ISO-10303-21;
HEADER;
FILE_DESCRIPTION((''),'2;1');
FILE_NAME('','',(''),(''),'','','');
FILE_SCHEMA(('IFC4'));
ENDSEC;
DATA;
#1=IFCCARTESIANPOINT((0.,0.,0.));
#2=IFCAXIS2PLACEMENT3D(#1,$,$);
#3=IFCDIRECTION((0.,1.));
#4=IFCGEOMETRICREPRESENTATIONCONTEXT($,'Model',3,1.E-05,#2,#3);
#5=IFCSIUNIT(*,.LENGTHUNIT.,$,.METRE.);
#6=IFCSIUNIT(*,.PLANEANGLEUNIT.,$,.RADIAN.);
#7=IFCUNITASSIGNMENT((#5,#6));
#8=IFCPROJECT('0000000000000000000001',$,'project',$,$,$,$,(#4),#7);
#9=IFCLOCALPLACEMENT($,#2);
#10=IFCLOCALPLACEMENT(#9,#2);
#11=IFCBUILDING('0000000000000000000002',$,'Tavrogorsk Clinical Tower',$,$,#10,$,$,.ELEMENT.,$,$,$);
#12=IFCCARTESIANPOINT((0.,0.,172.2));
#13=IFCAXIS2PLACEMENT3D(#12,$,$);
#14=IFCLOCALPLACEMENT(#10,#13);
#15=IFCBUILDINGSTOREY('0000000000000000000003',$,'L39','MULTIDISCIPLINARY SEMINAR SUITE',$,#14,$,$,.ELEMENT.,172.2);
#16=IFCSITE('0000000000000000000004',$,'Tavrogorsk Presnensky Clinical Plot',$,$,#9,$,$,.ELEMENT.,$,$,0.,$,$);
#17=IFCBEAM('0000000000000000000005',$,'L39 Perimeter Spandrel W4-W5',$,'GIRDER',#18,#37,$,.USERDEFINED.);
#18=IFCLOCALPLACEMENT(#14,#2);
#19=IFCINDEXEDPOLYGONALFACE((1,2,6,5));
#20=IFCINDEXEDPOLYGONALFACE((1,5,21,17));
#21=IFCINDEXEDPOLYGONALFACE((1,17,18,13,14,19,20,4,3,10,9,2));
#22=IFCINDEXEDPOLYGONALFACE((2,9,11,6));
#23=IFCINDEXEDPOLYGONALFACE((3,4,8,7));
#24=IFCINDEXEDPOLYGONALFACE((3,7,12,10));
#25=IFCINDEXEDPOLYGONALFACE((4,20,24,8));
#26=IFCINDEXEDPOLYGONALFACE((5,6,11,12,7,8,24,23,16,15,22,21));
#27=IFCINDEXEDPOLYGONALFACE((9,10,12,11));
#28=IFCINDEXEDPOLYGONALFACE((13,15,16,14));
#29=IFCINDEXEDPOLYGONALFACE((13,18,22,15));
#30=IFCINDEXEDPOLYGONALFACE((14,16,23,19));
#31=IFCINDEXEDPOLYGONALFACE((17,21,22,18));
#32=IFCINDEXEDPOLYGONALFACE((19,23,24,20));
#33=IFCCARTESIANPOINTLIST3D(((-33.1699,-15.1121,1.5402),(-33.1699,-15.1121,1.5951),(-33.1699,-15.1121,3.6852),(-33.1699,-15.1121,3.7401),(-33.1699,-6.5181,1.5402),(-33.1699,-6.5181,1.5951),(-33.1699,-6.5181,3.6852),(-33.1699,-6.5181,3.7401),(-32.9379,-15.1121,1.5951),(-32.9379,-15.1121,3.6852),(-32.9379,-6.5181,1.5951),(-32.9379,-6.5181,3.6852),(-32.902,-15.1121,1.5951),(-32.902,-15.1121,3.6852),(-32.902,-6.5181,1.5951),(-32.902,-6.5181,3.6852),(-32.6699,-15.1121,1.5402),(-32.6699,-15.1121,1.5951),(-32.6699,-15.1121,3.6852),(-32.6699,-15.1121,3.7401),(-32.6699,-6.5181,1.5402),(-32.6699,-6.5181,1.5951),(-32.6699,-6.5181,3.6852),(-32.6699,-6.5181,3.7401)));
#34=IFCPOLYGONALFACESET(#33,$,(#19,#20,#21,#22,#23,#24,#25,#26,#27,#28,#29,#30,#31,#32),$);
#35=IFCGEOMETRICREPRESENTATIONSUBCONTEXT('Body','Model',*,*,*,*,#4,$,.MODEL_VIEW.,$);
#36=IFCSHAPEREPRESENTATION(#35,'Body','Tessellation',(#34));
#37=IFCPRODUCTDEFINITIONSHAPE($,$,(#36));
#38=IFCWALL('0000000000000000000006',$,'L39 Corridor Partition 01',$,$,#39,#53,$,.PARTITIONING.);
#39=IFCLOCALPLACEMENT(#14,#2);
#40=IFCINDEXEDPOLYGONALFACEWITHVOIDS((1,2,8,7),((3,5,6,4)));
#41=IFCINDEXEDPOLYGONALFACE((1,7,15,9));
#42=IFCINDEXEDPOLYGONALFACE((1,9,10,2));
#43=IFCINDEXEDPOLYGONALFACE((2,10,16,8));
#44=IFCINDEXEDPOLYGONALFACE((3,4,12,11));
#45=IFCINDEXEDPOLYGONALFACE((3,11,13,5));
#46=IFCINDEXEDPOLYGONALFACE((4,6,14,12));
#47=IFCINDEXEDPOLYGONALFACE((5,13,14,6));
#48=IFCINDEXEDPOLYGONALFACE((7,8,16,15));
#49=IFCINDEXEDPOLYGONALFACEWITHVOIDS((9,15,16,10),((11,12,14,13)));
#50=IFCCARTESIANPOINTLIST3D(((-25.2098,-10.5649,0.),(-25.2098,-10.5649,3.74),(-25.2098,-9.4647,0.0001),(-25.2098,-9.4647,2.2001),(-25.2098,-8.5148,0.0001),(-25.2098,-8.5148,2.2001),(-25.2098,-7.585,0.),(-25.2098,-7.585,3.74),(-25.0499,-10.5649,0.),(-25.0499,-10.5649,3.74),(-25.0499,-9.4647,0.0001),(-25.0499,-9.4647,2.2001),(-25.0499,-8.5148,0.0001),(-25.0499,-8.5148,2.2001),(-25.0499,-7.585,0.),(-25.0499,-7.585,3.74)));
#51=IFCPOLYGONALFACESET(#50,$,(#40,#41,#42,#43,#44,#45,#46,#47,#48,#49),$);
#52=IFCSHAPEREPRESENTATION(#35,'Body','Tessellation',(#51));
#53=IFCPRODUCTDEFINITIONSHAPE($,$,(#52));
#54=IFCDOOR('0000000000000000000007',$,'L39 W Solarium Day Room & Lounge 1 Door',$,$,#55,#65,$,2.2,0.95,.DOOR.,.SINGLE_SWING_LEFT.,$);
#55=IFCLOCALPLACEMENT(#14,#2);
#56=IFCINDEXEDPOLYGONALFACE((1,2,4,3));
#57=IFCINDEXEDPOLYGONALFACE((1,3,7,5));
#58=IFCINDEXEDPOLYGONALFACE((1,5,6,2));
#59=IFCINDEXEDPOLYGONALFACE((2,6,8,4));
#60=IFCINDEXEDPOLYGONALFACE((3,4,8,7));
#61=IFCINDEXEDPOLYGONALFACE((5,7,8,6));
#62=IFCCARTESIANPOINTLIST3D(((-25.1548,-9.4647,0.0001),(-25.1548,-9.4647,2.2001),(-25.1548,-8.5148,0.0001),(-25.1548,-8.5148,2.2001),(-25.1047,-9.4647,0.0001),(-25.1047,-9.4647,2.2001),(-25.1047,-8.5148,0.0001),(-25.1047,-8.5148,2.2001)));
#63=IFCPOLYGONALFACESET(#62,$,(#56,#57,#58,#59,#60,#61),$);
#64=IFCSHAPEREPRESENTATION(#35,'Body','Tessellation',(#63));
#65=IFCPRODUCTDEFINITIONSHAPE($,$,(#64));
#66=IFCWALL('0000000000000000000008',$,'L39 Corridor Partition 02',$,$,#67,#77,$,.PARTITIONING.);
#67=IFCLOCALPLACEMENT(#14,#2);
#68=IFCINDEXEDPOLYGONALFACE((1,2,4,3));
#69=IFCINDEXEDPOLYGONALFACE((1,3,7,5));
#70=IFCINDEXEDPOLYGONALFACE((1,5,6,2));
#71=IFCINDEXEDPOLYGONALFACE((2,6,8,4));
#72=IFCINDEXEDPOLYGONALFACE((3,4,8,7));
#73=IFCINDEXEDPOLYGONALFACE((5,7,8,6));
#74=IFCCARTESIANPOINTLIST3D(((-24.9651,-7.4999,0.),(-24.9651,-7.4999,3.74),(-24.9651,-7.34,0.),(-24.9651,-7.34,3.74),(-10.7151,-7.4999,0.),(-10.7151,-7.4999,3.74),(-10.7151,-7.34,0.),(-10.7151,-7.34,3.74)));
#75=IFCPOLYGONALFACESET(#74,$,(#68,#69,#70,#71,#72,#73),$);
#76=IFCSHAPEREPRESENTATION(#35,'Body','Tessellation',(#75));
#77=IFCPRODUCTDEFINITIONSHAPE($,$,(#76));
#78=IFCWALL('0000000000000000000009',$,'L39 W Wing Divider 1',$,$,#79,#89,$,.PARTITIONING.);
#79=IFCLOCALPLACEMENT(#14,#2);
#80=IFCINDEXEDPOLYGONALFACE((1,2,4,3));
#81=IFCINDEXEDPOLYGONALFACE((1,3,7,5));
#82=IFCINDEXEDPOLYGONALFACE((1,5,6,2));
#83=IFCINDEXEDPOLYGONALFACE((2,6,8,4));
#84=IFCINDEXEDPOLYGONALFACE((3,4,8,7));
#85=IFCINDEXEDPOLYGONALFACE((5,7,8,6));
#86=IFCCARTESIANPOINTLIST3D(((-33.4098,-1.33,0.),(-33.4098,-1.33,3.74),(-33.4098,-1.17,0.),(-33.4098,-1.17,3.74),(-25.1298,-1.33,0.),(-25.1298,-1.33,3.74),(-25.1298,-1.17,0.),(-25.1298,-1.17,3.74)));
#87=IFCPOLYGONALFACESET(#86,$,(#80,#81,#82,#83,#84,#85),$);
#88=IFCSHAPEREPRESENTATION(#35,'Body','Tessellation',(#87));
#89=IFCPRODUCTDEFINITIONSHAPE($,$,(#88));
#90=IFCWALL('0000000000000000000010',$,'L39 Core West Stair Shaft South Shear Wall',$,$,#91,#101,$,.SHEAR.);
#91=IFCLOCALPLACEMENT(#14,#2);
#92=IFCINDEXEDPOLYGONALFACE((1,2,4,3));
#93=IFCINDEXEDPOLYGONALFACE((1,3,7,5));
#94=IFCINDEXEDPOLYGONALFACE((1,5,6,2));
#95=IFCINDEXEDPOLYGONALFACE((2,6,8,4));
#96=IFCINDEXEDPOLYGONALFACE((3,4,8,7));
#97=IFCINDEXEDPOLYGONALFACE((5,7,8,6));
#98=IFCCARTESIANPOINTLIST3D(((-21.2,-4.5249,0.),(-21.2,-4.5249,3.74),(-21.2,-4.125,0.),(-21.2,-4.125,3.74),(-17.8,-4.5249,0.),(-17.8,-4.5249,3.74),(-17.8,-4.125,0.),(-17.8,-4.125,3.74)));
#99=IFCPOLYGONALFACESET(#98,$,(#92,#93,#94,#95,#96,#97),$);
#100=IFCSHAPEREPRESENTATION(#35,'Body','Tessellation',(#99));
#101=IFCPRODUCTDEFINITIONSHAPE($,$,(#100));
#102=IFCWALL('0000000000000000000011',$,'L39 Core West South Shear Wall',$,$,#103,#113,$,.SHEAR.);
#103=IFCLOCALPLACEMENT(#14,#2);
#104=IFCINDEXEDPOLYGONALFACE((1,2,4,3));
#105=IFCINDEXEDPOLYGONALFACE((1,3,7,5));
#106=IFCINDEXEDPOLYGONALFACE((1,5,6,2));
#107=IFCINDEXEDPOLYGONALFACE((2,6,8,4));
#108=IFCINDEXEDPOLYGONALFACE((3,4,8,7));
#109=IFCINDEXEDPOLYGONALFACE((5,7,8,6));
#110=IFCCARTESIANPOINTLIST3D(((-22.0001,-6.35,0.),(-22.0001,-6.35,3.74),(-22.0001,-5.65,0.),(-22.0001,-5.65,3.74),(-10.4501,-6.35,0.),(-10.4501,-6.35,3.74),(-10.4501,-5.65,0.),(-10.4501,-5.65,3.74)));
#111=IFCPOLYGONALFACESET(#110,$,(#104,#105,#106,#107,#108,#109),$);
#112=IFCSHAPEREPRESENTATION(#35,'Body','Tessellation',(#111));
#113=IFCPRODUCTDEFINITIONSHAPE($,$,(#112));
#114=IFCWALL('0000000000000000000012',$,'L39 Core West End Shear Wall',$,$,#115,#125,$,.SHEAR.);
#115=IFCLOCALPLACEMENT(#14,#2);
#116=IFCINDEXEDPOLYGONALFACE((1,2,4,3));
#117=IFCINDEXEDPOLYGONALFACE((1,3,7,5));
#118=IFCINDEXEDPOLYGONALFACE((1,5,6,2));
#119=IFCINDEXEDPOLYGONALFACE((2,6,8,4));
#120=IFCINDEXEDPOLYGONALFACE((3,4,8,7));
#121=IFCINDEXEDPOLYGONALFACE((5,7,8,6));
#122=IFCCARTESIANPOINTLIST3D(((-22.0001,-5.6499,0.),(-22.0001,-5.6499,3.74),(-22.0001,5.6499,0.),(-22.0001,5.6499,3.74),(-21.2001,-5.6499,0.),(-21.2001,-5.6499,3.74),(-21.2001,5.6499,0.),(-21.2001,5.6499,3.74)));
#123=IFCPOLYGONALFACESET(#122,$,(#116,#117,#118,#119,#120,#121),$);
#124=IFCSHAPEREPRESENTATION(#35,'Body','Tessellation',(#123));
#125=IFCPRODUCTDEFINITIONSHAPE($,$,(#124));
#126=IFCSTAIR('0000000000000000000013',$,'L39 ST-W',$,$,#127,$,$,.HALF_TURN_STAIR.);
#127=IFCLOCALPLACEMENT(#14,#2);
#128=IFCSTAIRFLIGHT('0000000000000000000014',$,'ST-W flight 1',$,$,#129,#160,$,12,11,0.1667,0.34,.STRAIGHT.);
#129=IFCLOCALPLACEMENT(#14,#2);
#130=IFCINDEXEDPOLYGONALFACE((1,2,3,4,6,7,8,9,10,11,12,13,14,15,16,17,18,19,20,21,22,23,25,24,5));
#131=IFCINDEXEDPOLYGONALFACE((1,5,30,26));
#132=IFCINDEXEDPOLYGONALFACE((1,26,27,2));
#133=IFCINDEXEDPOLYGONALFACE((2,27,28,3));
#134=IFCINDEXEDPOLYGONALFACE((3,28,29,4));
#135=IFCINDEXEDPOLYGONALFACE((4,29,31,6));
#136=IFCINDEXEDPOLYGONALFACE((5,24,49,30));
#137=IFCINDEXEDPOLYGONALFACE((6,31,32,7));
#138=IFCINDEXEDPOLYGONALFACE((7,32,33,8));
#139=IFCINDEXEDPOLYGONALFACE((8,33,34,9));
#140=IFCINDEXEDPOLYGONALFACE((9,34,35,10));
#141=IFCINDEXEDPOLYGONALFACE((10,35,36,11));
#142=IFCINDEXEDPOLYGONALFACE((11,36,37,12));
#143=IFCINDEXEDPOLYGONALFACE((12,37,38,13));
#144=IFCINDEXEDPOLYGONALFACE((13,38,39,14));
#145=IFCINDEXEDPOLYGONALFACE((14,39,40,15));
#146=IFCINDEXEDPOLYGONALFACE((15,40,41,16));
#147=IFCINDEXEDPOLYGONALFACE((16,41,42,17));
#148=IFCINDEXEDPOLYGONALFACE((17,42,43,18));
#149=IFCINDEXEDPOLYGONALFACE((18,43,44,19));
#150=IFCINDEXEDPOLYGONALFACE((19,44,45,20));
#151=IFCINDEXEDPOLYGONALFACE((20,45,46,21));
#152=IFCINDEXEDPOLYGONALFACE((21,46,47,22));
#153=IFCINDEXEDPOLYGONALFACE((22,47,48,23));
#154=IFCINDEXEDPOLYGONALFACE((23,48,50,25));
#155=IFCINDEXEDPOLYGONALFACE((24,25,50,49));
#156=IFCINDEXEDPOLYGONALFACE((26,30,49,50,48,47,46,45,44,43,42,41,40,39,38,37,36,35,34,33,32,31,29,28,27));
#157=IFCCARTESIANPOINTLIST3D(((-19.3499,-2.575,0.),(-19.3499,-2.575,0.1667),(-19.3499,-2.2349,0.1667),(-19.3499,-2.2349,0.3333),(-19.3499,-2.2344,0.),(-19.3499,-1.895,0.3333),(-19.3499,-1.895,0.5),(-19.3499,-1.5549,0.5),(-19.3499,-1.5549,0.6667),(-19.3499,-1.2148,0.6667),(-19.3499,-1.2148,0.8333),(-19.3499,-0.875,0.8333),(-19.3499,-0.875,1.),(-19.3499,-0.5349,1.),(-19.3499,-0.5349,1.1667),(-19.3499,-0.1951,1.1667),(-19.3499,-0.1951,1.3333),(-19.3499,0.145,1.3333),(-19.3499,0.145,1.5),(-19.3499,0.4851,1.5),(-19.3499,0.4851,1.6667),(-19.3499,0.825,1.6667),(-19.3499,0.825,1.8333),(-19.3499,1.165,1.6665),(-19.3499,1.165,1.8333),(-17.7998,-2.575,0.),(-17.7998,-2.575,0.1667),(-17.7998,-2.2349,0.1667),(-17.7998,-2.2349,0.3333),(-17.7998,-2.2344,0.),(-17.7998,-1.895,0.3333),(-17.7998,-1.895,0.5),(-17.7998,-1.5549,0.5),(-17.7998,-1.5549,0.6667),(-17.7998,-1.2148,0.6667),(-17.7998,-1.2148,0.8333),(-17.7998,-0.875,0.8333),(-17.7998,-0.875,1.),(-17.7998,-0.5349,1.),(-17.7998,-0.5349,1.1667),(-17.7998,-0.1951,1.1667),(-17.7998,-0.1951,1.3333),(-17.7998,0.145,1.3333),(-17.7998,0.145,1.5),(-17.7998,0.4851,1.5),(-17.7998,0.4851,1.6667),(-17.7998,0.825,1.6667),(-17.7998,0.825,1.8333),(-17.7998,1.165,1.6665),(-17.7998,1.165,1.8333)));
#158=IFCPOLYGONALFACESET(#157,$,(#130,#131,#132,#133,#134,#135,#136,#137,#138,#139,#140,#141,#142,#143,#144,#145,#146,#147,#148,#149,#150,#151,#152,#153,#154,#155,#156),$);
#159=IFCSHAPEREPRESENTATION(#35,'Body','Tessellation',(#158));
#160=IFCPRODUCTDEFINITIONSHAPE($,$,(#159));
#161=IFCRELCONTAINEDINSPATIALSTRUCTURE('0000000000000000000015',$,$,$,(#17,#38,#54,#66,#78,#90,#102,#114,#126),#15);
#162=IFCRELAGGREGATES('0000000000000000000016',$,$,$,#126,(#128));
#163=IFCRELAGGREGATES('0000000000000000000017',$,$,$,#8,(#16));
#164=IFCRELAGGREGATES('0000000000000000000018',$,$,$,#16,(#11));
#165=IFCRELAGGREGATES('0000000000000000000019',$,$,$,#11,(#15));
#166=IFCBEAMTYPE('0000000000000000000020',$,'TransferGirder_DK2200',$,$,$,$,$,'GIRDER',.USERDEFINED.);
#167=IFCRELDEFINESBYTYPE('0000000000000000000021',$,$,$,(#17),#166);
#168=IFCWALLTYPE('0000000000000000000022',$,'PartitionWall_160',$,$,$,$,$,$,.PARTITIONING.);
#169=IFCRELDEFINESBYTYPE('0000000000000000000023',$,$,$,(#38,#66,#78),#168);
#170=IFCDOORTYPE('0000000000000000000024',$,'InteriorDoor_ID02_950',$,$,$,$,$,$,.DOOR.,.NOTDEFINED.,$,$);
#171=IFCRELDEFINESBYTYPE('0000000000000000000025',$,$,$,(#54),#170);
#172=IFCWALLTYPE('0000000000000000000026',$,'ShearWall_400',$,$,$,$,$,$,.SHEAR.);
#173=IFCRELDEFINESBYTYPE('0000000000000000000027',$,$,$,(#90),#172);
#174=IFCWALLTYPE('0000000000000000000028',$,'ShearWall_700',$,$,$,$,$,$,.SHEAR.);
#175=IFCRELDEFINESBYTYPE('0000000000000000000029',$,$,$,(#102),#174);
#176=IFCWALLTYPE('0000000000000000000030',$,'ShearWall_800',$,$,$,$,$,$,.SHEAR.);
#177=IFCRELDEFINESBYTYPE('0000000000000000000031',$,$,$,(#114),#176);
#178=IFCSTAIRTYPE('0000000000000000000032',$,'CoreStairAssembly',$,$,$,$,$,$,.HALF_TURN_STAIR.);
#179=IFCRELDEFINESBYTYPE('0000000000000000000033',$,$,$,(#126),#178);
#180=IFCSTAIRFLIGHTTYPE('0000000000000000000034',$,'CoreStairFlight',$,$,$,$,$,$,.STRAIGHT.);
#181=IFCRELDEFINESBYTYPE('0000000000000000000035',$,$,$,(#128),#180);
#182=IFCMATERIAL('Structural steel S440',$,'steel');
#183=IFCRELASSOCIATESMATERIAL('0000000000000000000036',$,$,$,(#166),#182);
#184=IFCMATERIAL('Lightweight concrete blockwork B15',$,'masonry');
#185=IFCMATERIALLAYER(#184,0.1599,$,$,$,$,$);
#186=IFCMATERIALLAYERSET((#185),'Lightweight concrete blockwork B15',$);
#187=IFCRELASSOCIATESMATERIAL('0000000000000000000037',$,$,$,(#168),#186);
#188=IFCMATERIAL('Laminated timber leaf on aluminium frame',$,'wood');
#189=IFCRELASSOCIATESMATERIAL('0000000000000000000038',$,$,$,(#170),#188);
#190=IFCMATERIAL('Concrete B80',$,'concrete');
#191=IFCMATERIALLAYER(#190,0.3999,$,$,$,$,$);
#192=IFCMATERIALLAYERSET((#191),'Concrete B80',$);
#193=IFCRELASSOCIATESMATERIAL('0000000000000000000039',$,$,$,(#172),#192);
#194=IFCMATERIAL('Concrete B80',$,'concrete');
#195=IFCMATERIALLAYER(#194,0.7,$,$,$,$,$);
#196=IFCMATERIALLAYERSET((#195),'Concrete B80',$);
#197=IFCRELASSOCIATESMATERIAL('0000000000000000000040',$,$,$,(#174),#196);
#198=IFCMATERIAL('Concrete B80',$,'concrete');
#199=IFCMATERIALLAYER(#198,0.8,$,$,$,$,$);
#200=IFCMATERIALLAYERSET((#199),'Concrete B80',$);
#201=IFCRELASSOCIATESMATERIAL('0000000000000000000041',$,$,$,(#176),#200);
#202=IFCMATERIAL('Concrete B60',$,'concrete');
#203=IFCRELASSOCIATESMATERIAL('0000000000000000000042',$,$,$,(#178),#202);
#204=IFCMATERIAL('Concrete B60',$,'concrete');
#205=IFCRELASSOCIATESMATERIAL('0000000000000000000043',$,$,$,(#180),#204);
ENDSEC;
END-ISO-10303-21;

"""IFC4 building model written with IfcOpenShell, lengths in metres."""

from ifc_helpers import new_model, si_unit, direction, frame, frame_2d, origin, origin_2d, place, context, subcontext, project, spatial, polyline, rectangle, i_section, outline, extrude, material, layer, layer_set, material_profile, profile_set, type_object, element, fill, aggregate, save


model = new_model("IFC4")

# Units and contexts
model_context = context("Model", 3, precision=1e-05, world=origin(), true_north=direction((0.0, 1.0)))
body_context = subcontext(model_context, "Body", "Model", "MODEL_VIEW")
ifc_project = project(units=[si_unit("LENGTHUNIT", "METRE"), si_unit("PLANEANGLEUNIT", "RADIAN")], contexts=[model_context])

# Site, building, storey
site_placement = place(None, origin())
site = spatial("IfcSite", under=ifc_project, at=site_placement, Name="Tavrogorsk Presnensky Clinical Plot", CompositionType="ELEMENT", RefElevation=0.0)
building_placement = place(site_placement, origin())
building = spatial("IfcBuilding", under=site, at=building_placement, Name="Tavrogorsk Clinical Tower", CompositionType="ELEMENT")
storey_placement = place(building_placement, frame((0.0, 0.0, 172.2)))
storey = spatial("IfcBuildingStorey", under=building, at=storey_placement, Name="L39", Description="MULTIDISCIPLINARY SEMINAR SUITE", CompositionType="ELEMENT", Elevation=172.2)

# Beam
ifc_material_1 = material(Name="Structural steel S440", Category="steel")
ifc_material_profile_1 = material_profile(ifc_material_1, i_section(OverallWidth=0.5, OverallDepth=2.2, WebThickness=0.0359, FlangeThickness=0.0549, at=origin_2d()), Name="DK-2200x500x36x55")
ifc_profile_set_1 = profile_set([ifc_material_profile_1], Name="Structural steel S440")
beam_type_1 = type_object("IfcBeamType", Name="TransferGirder_DK2200", ElementType="GIRDER", PredefinedType="USERDEFINED", material=ifc_profile_set_1)
beam_1_placement = place(storey_placement, frame((-32.9199, -6.5181, 2.6401), z_axis=(0.0, -1.0, 0.0), x_axis=(1.0, 0.0, 0.0)))
element("IfcBeam", 1, at=beam_1_placement, inside=storey, type_object=beam_type_1, Name="L39 Perimeter Spandrel W4-W5", ObjectType="GIRDER", PredefinedType="USERDEFINED", context=body_context, shape_type="SweptSolid", body=[
    extrude(i_section(OverallWidth=0.5, OverallDepth=2.2, WebThickness=0.0359, FlangeThickness=0.0549, at=origin_2d()), origin(), (0.0, 0.0, 1.0), 8.594),
])

# Wall, opening, door
ifc_material_2 = material(Name="Lightweight concrete blockwork B15", Category="masonry")
ifc_layer_1 = layer(ifc_material_2, 0.1599)
ifc_layer_set_1 = layer_set([ifc_layer_1], Name="Lightweight concrete blockwork B15")
wall_type_1 = type_object("IfcWallType", Name="PartitionWall_160", PredefinedType="PARTITIONING", material=ifc_layer_set_1)
wall_1_placement = place(storey_placement, frame((-25.1299, -10.5649, 0.0), z_axis=(0.0, 0.0, 1.0), x_axis=(0.0, 1.0, 0.0)))
wall_1 = element("IfcWall", 2, at=wall_1_placement, inside=storey, type_object=wall_type_1, Name="L39 Corridor Partition 01", PredefinedType="PARTITIONING", context=body_context, shape_type="SweptSolid", body=[
    extrude(rectangle(XDim=2.98, YDim=0.1599, at=frame_2d((1.49, 0.0))), origin(), (0.0, 0.0, 1.0), 3.74),
])
opening_placement = place(wall_1_placement, frame((1.1001, 0.0, 0.0)))
opening = element("IfcOpeningElement", 3, at=opening_placement, cuts=wall_1, PredefinedType="OPENING", context=body_context, shape_type="SweptSolid", body=[
    extrude(rectangle(XDim=0.95, YDim=2.2, at=frame_2d((0.4751, 1.1001))), frame((0.0, 0.0898, 0.0), z_axis=(0.0, -1.0, 0.0), x_axis=(1.0, 0.0, 0.0)), (0.0, 0.0, 1.0), 0.1799),
])
ifc_material_3 = material(Name="Laminated timber leaf on aluminium frame", Category="wood")
door_type = type_object("IfcDoorType", Name="InteriorDoor_ID02_950", OperationType="NOTDEFINED", PredefinedType="DOOR", material=ifc_material_3)
door_placement = place(opening_placement, origin())
door = element("IfcDoor", 4, at=door_placement, inside=storey, type_object=door_type, Name="L39 W Solarium Day Room & Lounge 1 Door", OperationType="SINGLE_SWING_LEFT", OverallHeight=2.2, OverallWidth=0.95, PredefinedType="DOOR", context=body_context, shape_type="SweptSolid", body=[
    extrude(rectangle(XDim=0.95, YDim=2.2, at=frame_2d((0.4751, 1.1001))), frame((0.0, 0.0249, 0.0), z_axis=(0.0, -1.0, 0.0), x_axis=(1.0, 0.0, 0.0)), (0.0, 0.0, 1.0), 0.05),
])
fill(opening, door)

# Walls
wall_2_placement = place(storey_placement, frame((-24.9651, -7.4199, 0.0), z_axis=(0.0, 0.0, 1.0), x_axis=(1.0, 0.0, 0.0)))
element("IfcWall", 5, at=wall_2_placement, inside=storey, type_object=wall_type_1, Name="L39 Corridor Partition 02", PredefinedType="PARTITIONING", context=body_context, shape_type="SweptSolid", body=[
    extrude(rectangle(XDim=14.25, YDim=0.1599, at=frame_2d((7.125, 0.0))), origin(), (0.0, 0.0, 1.0), 3.74),
])
wall_3_placement = place(storey_placement, frame((-33.4099, -1.25, 0.0), z_axis=(0.0, 0.0, 1.0), x_axis=(1.0, 0.0, 0.0)))
element("IfcWall", 6, at=wall_3_placement, inside=storey, type_object=wall_type_1, Name="L39 W Wing Divider 1", PredefinedType="PARTITIONING", context=body_context, shape_type="SweptSolid", body=[
    extrude(rectangle(XDim=8.28, YDim=0.1599, at=frame_2d((4.1401, 0.0))), origin(), (0.0, 0.0, 1.0), 3.74),
])
ifc_material_4 = material(Name="Concrete B80", Category="concrete")
ifc_layer_2 = layer(ifc_material_4, 0.3999)
ifc_layer_set_2 = layer_set([ifc_layer_2], Name="Concrete B80")
wall_type_2 = type_object("IfcWallType", Name="ShearWall_400", PredefinedType="SHEAR", material=ifc_layer_set_2)
wall_4_placement = place(storey_placement, frame((-21.2, -4.325, 0.0), z_axis=(0.0, 0.0, 1.0), x_axis=(1.0, 0.0, 0.0)))
element("IfcWall", 7, at=wall_4_placement, inside=storey, type_object=wall_type_2, Name="L39 Core West Stair Shaft South Shear Wall", PredefinedType="SHEAR", context=body_context, shape_type="SweptSolid", body=[
    extrude(rectangle(XDim=3.3999, YDim=0.3999, at=frame_2d((1.7, 0.0))), origin(), (0.0, 0.0, 1.0), 3.74),
])
ifc_material_5 = material(Name="Concrete B80", Category="concrete")
ifc_layer_3 = layer(ifc_material_5, 0.7)
ifc_layer_set_3 = layer_set([ifc_layer_3], Name="Concrete B80")
wall_type_3 = type_object("IfcWallType", Name="ShearWall_700", PredefinedType="SHEAR", material=ifc_layer_set_3)
wall_5_placement = place(storey_placement, frame((-22.0, -6.0, 0.0), z_axis=(0.0, 0.0, 1.0), x_axis=(1.0, 0.0, 0.0)))
element("IfcWall", 8, at=wall_5_placement, inside=storey, type_object=wall_type_3, Name="L39 Core West South Shear Wall", PredefinedType="SHEAR", context=body_context, shape_type="SweptSolid", body=[
    extrude(rectangle(XDim=11.55, YDim=0.7, at=frame_2d((5.7749, 0.0))), origin(), (0.0, 0.0, 1.0), 3.74),
])
ifc_material_6 = material(Name="Concrete B80", Category="concrete")
ifc_layer_4 = layer(ifc_material_6, 0.8)
ifc_layer_set_4 = layer_set([ifc_layer_4], Name="Concrete B80")
wall_type_4 = type_object("IfcWallType", Name="ShearWall_800", PredefinedType="SHEAR", material=ifc_layer_set_4)
wall_6_placement = place(storey_placement, frame((-21.6001, -5.6499, 0.0), z_axis=(0.0, 0.0, 1.0), x_axis=(0.0, 1.0, 0.0)))
element("IfcWall", 9, at=wall_6_placement, inside=storey, type_object=wall_type_4, Name="L39 Core West End Shear Wall", PredefinedType="SHEAR", context=body_context, shape_type="SweptSolid", body=[
    extrude(rectangle(XDim=11.2998, YDim=0.8, at=frame_2d((5.6499, 0.0))), origin(), (0.0, 0.0, 1.0), 3.74),
])

# Stair, stair flight
ifc_material_7 = material(Name="Concrete B60", Category="concrete")
stair_type = type_object("IfcStairType", Name="CoreStairAssembly", PredefinedType="HALF_TURN_STAIR", material=ifc_material_7)
stair_placement = place(storey_placement, origin())
stair = element("IfcStair", 10, at=stair_placement, inside=storey, type_object=stair_type, Name="L39 ST-W", PredefinedType="HALF_TURN_STAIR")
ifc_material_8 = material(Name="Concrete B60", Category="concrete")
stair_flight_type = type_object("IfcStairFlightType", Name="CoreStairFlight", PredefinedType="STRAIGHT", material=ifc_material_8)
stair_flight_placement = place(storey_placement, frame((-18.575, -2.575, 0.0), z_axis=(0.0, 0.0, 1.0), x_axis=(0.0, 1.0, 0.0)))
stair_flight = element("IfcStairFlight", 11, at=stair_flight_placement, type_object=stair_flight_type, Name="ST-W flight 1", NumberOfRisers=12, NumberOfTreads=11, PredefinedType="STRAIGHT", RiserHeight=0.1667, TreadLength=0.34, context=body_context, shape_type="SweptSolid", body=[
    extrude(outline(polyline([(0.0, 0.0), (0.0, 0.1667), (0.3401, 0.1667), (0.3401, 0.3333), (0.6799, 0.3333), (0.6799, 0.5), (1.02, 0.5), (1.02, 0.6667), (1.3601, 0.6667), (1.3601, 0.8333), (1.7, 0.8333), (1.7, 1.0), (2.04, 1.0), (2.04, 1.1667), (2.3799, 1.1667), (2.3799, 1.3333), (2.72, 1.3333), (2.72, 1.5), (3.0601, 1.5), (3.0601, 1.6667), (3.3999, 1.6667), (3.3999, 1.8333), (3.74, 1.8333), (3.74, 2.0), (3.74, 1.6665), (0.3406, 0.0), (0.0, 0.0)])), frame((0.0, 0.7749, 0.0), z_axis=(0.0, -1.0, 0.0), x_axis=(1.0, 0.0, 0.0)), (0.0, 0.0, 1.0), 1.55),
])
aggregate(stair, [stair_flight])

save(model, "model.ifc")
